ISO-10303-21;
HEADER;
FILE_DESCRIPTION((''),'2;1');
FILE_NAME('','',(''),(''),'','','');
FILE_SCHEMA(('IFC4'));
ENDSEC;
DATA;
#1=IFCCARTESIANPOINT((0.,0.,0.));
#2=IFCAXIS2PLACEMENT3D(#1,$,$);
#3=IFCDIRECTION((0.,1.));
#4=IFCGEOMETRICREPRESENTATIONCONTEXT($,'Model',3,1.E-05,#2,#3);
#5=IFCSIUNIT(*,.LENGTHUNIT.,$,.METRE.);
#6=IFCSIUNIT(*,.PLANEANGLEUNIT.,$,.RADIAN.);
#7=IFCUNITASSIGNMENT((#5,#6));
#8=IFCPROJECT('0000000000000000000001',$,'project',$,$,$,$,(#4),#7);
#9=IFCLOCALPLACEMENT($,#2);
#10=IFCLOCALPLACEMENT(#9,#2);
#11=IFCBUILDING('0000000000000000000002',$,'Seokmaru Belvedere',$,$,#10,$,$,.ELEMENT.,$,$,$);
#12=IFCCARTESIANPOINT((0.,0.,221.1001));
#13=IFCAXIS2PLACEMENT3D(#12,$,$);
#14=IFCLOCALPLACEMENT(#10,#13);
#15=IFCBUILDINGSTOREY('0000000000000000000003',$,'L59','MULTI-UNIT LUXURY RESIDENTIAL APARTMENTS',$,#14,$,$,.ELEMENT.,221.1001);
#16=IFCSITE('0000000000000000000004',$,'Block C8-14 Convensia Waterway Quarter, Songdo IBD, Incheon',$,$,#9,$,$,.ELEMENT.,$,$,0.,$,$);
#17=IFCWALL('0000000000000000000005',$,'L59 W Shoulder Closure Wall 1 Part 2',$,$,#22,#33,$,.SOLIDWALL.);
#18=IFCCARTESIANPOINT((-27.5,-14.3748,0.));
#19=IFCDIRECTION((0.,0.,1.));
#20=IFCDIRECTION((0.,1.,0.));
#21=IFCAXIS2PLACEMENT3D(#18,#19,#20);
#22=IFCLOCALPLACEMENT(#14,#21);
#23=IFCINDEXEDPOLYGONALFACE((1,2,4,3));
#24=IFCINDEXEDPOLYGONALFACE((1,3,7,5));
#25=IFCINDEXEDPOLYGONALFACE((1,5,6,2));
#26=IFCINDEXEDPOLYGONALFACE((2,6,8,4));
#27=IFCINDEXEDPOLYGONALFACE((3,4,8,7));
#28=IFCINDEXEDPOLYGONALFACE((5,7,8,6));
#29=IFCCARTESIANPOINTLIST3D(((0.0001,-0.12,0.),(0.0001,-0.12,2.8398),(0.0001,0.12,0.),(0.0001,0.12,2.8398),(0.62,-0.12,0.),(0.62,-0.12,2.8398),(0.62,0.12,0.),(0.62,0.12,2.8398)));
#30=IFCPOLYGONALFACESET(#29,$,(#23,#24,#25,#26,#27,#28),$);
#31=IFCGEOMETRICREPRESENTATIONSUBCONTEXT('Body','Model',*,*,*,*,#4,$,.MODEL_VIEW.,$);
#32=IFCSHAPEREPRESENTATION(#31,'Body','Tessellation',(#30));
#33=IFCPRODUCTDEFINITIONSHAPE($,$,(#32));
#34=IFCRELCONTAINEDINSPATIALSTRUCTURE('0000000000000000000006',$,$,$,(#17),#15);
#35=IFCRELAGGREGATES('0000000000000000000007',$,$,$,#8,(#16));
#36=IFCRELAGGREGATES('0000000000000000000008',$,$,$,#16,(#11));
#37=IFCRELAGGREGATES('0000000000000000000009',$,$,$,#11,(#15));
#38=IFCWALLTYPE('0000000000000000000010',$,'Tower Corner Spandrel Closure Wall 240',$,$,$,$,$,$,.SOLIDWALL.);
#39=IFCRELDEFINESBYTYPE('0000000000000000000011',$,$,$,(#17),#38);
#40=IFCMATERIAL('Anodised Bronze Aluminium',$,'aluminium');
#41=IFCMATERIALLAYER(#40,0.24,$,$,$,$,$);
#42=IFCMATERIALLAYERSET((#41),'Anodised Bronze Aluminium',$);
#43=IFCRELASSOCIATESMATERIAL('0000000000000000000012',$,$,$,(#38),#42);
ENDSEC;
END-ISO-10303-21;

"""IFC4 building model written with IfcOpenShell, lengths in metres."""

from ifc_helpers import new_model, si_unit, direction, frame, frame_2d, origin, place, context, subcontext, project, spatial, rectangle, extrude, material, layer, layer_set, type_object, element, save


model = new_model("IFC4")

# Units and contexts
model_context = context("Model", 3, precision=1e-05, world=origin(), true_north=direction((0.0, 1.0)))
body_context = subcontext(model_context, "Body", "Model", "MODEL_VIEW")
ifc_project = project(units=[si_unit("LENGTHUNIT", "METRE"), si_unit("PLANEANGLEUNIT", "RADIAN")], contexts=[model_context])

# Site, building, storey
site_placement = place(None, origin())
site = spatial("IfcSite", under=ifc_project, at=site_placement, Name="Block C8-14 Convensia Waterway Quarter, Songdo IBD, Incheon", CompositionType="ELEMENT", RefElevation=0.0)
building_placement = place(site_placement, origin())
building = spatial("IfcBuilding", under=site, at=building_placement, Name="Seokmaru Belvedere", CompositionType="ELEMENT")
storey_placement = place(building_placement, frame((0.0, 0.0, 221.1001)))
storey = spatial("IfcBuildingStorey", under=building, at=storey_placement, Name="L59", Description="MULTI-UNIT LUXURY RESIDENTIAL APARTMENTS", CompositionType="ELEMENT", Elevation=221.1001)

# Shared definitions
ifc_material_1 = material(Name="Anodised Bronze Aluminium", Category="aluminium")

# Wall
ifc_layer_1 = layer(ifc_material_1, 0.24)
ifc_layer_set_1 = layer_set([ifc_layer_1], Name="Anodised Bronze Aluminium")
wall_type_1 = type_object("IfcWallType", Name="Tower Corner Spandrel Closure Wall 240", PredefinedType="SOLIDWALL", material=ifc_layer_set_1)
wall_1_placement = place(storey_placement, frame((-27.5, -14.3748, 0.0), z_axis=(0.0, 0.0, 1.0), x_axis=(0.0, 1.0, 0.0)))
element("IfcWall", 1, at=wall_1_placement, inside=storey, type_object=wall_type_1, Name="L59 W Shoulder Closure Wall 1 Part 2", PredefinedType="SOLIDWALL", context=body_context, shape_type="SweptSolid", body=[
    extrude(rectangle(XDim=0.6199, YDim=0.24, at=frame_2d((0.3101, 0.0))), origin(), (0.0, 0.0, 1.0), 2.8398),
])

save(model, "model.ifc")
